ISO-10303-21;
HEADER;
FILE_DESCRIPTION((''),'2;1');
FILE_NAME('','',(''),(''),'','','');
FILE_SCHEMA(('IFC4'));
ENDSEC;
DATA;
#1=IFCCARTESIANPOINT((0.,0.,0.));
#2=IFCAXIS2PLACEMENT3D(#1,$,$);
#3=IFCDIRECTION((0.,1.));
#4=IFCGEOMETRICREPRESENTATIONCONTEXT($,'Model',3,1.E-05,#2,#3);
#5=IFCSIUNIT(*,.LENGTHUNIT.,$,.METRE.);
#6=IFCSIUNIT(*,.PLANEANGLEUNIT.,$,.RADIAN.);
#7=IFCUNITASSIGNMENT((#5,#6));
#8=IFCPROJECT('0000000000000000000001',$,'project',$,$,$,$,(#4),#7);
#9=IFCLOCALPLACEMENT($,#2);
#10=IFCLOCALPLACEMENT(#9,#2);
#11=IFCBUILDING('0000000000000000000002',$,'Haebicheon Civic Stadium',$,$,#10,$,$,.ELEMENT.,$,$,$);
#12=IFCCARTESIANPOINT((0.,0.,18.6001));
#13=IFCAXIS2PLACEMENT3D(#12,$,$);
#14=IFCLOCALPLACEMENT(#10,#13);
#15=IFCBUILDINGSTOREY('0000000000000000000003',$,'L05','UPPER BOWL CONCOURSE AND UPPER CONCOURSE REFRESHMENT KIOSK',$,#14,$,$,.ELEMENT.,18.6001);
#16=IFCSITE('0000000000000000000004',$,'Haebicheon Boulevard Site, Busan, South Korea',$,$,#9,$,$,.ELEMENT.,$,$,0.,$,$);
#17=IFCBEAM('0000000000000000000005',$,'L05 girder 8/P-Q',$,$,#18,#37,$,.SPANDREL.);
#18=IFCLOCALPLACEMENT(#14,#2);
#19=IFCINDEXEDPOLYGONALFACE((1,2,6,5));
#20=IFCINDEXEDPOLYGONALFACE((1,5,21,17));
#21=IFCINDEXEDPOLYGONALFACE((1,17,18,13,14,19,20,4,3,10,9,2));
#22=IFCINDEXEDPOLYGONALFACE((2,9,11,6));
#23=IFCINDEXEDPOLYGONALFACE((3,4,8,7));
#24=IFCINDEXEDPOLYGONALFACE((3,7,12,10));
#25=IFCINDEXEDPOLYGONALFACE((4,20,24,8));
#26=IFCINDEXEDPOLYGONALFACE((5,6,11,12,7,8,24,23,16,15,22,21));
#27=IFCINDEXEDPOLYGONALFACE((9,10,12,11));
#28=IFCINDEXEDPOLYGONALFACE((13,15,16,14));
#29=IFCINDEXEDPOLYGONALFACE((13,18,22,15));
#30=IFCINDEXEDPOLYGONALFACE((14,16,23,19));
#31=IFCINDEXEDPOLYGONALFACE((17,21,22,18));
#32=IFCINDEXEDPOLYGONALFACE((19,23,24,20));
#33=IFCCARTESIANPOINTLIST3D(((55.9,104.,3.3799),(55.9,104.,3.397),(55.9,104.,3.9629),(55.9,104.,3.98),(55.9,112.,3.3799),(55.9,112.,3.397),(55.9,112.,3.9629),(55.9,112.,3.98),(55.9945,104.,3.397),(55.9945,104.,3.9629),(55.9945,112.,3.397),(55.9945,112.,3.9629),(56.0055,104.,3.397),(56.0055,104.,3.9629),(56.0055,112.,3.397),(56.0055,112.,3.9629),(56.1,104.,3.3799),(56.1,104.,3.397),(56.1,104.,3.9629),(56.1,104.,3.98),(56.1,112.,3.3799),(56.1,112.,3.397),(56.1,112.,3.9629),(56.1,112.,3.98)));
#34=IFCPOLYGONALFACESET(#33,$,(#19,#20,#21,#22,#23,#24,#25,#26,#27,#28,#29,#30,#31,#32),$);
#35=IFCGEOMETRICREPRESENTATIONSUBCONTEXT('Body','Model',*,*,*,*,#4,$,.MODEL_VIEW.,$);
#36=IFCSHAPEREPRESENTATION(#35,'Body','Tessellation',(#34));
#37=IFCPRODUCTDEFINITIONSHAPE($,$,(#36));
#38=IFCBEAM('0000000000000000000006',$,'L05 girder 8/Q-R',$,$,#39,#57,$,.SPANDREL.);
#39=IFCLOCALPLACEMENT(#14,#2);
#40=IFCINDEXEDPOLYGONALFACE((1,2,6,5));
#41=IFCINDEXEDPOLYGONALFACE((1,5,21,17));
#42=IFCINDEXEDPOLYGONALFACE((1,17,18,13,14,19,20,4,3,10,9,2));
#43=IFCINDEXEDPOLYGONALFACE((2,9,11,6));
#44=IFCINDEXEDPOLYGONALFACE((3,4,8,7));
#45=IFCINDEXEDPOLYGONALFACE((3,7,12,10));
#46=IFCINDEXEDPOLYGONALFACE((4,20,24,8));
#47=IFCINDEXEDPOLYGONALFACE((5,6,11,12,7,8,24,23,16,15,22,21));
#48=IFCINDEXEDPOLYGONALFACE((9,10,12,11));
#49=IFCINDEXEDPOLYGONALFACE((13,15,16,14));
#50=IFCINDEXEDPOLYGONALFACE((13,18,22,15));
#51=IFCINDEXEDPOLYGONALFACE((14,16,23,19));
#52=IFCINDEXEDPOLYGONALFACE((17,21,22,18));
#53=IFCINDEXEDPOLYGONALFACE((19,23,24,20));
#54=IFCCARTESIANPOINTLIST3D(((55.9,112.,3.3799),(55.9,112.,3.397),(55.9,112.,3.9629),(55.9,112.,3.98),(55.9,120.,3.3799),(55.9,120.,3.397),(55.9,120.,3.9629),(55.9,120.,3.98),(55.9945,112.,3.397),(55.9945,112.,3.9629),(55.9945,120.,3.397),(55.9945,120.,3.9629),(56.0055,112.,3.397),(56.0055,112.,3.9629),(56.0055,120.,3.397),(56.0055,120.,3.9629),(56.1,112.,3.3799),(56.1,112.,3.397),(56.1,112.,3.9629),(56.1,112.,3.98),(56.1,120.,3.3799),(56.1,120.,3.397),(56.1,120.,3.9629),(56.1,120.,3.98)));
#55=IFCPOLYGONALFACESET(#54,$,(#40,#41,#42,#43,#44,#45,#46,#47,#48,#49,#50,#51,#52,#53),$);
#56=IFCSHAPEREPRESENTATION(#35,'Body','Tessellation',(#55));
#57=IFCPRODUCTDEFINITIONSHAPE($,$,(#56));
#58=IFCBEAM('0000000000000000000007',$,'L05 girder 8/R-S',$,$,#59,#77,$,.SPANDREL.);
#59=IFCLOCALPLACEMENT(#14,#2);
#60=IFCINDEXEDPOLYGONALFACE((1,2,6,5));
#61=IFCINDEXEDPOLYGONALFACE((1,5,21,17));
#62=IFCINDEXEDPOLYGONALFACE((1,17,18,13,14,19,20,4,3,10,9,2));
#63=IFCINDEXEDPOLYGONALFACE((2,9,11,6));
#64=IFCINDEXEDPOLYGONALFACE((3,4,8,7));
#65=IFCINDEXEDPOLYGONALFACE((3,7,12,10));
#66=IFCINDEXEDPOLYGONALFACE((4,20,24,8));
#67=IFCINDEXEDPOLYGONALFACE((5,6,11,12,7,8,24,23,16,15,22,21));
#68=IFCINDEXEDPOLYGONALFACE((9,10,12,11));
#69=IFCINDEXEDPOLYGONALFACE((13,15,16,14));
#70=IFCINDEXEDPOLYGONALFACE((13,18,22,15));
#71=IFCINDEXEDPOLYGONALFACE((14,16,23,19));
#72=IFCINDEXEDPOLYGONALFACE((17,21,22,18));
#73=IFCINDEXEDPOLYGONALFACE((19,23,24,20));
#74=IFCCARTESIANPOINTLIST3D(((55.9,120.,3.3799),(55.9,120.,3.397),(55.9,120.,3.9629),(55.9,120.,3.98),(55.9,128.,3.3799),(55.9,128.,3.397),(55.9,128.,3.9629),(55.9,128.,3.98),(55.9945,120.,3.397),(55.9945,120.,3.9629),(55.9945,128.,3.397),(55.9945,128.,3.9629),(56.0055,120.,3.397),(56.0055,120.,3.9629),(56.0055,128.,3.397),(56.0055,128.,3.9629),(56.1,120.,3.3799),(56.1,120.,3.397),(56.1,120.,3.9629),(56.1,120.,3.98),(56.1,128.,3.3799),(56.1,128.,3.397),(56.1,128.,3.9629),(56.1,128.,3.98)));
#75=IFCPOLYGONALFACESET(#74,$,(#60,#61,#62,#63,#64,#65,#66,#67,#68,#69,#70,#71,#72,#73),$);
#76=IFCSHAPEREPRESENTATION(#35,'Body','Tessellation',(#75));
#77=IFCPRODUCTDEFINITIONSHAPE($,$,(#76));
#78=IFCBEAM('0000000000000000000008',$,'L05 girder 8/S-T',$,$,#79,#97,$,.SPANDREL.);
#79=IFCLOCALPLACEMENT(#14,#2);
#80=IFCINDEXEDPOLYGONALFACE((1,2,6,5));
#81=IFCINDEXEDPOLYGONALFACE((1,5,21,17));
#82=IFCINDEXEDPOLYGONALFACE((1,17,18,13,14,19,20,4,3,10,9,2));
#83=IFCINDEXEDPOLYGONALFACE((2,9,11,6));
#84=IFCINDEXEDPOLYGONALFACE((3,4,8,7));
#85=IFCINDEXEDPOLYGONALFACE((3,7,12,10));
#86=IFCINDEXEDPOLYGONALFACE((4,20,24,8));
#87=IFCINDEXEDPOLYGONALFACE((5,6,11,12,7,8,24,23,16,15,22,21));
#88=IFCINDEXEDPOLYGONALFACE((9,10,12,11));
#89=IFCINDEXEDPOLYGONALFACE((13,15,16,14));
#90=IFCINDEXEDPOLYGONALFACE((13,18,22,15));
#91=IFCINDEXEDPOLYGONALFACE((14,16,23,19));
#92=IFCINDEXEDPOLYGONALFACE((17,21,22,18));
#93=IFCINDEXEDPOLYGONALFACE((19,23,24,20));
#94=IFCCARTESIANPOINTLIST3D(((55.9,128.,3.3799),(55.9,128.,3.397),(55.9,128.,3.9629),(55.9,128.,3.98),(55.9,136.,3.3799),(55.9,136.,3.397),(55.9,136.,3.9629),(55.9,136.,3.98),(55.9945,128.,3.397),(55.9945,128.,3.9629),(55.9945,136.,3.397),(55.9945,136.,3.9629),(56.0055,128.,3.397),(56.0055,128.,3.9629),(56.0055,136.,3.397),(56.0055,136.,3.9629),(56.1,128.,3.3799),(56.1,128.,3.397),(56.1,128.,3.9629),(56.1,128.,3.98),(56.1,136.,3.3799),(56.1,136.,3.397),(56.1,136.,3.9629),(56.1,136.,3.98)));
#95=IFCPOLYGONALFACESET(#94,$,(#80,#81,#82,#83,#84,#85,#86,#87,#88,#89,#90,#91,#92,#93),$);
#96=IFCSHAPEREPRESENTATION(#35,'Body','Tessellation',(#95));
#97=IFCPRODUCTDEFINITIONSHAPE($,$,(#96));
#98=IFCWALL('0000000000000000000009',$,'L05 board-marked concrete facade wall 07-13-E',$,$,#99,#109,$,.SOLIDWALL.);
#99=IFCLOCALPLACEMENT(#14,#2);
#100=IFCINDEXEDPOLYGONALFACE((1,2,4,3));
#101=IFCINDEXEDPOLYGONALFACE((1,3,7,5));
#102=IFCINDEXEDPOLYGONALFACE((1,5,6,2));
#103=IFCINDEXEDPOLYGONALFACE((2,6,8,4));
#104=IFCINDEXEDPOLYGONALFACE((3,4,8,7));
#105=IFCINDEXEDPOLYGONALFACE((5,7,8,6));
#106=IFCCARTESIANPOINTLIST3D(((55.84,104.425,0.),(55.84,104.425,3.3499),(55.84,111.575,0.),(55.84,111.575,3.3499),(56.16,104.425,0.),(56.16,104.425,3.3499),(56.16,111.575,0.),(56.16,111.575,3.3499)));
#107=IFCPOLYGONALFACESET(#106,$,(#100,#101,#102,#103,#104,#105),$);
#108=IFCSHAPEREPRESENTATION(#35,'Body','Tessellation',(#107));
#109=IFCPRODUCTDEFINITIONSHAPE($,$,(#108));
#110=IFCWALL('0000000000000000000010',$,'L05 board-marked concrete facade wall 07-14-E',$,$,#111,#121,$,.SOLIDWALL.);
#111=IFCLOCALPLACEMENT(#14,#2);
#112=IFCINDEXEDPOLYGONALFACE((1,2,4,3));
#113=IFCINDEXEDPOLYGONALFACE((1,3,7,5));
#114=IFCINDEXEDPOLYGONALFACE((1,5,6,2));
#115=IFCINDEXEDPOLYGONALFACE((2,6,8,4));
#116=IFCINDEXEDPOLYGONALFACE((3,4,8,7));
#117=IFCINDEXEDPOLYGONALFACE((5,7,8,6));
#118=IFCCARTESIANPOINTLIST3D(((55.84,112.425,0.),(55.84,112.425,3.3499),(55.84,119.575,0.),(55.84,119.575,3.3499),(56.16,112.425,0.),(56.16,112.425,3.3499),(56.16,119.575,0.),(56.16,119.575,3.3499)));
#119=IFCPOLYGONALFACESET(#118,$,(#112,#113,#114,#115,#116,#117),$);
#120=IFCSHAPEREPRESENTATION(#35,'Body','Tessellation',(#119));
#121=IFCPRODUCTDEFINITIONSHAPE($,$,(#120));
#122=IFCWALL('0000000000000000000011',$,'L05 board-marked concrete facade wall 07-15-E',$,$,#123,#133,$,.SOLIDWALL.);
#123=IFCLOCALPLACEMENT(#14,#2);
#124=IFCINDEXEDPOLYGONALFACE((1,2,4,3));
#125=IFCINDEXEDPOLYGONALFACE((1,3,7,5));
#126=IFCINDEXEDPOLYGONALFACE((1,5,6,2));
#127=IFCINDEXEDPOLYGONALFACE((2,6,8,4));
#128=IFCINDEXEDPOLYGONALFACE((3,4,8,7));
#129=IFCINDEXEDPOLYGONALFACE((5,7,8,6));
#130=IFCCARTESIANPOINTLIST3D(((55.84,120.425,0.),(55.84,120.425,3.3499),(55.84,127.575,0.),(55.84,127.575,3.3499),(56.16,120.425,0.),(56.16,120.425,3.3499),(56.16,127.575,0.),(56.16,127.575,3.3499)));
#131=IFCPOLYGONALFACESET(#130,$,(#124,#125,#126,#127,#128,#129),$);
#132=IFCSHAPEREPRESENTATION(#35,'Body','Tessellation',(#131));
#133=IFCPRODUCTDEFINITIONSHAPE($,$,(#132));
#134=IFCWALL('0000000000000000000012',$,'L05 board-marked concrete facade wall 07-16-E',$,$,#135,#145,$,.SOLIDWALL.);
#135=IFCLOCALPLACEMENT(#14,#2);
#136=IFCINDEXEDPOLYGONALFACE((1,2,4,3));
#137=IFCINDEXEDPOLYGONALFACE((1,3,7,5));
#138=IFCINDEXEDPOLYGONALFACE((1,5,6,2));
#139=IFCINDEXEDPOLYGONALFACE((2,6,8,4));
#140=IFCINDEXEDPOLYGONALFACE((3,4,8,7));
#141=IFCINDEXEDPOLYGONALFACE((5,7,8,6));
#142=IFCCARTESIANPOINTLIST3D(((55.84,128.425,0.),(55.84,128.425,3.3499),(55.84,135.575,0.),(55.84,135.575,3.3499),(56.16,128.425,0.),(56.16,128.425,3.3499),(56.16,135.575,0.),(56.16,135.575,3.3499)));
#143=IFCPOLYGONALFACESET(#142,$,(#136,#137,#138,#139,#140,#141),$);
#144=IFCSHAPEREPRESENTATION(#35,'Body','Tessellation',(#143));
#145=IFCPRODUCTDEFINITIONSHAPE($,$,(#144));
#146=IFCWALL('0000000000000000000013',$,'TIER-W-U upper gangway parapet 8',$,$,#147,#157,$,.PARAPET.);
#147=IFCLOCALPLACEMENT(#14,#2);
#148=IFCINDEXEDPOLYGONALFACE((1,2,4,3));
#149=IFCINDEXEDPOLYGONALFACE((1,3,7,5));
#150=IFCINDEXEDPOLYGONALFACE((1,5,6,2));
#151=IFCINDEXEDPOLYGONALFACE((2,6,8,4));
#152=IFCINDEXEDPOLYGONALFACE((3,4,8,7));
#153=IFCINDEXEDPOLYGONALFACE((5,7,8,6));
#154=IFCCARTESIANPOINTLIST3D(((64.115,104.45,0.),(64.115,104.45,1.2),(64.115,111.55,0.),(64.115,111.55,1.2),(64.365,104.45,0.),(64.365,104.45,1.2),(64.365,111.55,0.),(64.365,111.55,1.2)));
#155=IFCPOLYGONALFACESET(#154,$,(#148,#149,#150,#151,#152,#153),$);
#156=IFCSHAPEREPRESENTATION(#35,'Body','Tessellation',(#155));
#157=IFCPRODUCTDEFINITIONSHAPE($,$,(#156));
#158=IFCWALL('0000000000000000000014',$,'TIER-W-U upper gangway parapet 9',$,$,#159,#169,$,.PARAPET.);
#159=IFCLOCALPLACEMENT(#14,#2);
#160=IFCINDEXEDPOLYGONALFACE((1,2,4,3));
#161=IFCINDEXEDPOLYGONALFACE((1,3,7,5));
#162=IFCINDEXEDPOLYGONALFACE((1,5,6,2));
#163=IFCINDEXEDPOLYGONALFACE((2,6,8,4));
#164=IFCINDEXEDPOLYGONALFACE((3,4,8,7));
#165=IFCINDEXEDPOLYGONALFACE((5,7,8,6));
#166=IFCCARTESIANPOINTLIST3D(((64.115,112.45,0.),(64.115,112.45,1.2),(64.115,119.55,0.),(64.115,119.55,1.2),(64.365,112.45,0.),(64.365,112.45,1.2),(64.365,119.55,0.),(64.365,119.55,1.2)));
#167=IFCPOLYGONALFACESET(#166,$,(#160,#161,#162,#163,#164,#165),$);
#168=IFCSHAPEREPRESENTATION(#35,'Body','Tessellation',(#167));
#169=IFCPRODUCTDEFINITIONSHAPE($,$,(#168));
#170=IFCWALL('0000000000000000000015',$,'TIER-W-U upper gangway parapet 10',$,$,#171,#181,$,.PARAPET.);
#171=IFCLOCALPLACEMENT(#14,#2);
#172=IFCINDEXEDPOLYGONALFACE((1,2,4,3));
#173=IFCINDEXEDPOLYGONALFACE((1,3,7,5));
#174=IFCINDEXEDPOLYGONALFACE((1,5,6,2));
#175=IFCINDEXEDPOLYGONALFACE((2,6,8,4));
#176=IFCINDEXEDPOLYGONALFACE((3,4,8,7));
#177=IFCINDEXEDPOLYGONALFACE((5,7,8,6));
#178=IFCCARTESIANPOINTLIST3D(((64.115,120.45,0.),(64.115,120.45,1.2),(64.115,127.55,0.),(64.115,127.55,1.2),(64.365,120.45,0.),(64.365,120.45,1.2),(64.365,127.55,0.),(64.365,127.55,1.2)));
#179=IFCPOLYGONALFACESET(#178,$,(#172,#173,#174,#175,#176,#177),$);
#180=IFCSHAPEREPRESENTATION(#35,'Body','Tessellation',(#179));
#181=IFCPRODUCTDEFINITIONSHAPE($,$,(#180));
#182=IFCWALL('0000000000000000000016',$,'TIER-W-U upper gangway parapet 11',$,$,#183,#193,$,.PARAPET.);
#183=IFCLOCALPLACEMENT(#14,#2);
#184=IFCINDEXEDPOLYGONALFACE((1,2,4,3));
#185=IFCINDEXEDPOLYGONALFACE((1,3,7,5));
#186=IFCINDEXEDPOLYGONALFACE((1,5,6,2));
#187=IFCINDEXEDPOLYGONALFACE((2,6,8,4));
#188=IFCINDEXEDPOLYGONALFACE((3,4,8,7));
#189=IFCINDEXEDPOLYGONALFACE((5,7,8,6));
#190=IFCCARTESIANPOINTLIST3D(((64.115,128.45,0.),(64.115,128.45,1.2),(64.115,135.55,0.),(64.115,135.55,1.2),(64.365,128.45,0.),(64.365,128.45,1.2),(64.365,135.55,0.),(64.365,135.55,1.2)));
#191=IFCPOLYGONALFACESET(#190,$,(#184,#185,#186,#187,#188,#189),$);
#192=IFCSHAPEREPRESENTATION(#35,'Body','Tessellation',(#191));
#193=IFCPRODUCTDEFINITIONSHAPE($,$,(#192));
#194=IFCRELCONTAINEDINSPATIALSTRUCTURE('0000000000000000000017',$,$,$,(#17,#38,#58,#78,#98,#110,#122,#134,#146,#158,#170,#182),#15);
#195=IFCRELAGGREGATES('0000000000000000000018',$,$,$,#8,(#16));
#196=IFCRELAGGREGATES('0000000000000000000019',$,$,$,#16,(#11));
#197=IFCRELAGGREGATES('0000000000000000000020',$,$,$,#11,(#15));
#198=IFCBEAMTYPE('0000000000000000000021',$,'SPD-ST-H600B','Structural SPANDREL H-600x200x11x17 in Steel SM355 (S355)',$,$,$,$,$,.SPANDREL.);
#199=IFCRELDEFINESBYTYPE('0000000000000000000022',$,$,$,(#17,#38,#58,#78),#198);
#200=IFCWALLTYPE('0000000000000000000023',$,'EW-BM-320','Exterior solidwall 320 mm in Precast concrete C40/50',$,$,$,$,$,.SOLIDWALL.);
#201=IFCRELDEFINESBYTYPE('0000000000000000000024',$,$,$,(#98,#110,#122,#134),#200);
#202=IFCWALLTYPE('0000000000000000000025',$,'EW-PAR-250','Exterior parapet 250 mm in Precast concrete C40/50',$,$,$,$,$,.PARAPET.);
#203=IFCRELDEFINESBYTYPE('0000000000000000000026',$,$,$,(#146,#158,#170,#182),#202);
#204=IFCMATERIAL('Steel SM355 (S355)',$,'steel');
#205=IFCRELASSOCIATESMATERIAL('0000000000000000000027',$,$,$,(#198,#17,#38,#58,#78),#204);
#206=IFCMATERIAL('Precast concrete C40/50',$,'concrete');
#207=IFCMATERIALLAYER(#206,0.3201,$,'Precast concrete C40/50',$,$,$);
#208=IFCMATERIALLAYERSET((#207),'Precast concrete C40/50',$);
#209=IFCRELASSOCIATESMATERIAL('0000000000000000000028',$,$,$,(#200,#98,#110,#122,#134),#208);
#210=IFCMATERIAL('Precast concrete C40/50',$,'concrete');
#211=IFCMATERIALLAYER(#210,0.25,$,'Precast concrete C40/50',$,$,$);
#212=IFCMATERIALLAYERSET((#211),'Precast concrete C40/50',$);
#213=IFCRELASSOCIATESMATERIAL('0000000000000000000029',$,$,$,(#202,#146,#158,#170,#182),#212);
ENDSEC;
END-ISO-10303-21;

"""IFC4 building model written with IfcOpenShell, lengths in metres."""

from ifc_helpers import new_model, si_unit, direction, frame, frame_2d, origin, origin_2d, place, context, subcontext, project, spatial, rectangle, i_section, extrude, material, layer, layer_set, material_profile, profile_set, type_object, element, save


model = new_model("IFC4")

# Units and contexts
model_context = context("Model", 3, precision=1e-05, world=origin(), true_north=direction((0.0, 1.0)))
body_context = subcontext(model_context, "Body", "Model", "MODEL_VIEW")
ifc_project = project(units=[si_unit("LENGTHUNIT", "METRE"), si_unit("PLANEANGLEUNIT", "RADIAN")], contexts=[model_context])

# Site, building, storey
site_placement = place(None, origin())
site = spatial("IfcSite", under=ifc_project, at=site_placement, Name="Haebicheon Boulevard Site, Busan, South Korea", CompositionType="ELEMENT", RefElevation=0.0)
building_placement = place(site_placement, origin())
building = spatial("IfcBuilding", under=site, at=building_placement, Name="Haebicheon Civic Stadium", CompositionType="ELEMENT")
storey_placement = place(building_placement, frame((0.0, 0.0, 18.6001)))
storey = spatial("IfcBuildingStorey", under=building, at=storey_placement, Name="L05", Description="UPPER BOWL CONCOURSE AND UPPER CONCOURSE REFRESHMENT KIOSK", CompositionType="ELEMENT", Elevation=18.6001)

# Beams
ifc_material_1 = material(Name="Steel SM355 (S355)", Category="steel")
ifc_material_profile_1 = material_profile(ifc_material_1, i_section(OverallWidth=0.2, OverallDepth=0.6001, WebThickness=0.011, FlangeThickness=0.0171, at=origin_2d()), Name="H-600x200x11x17")
ifc_profile_set_1 = profile_set([ifc_material_profile_1], Name="Steel SM355 (S355)")
beam_type_1 = type_object("IfcBeamType", Name="SPD-ST-H600B", Description="Structural SPANDREL H-600x200x11x17 in Steel SM355 (S355)", PredefinedType="SPANDREL", material=ifc_profile_set_1)
for number, where, z_axis, x_axis, name in (
    (1, (56.0, 104.0, 3.6799), (0.0, 1.0, 0.0), (-1.0, 0.0, 0.0), "L05 girder 8/P-Q"),
    (2, (56.0, 112.0, 3.6799), (0.0, 1.0, 0.0), (-1.0, 0.0, 0.0), "L05 girder 8/Q-R"),
    (3, (56.0, 120.0, 3.6799), (0.0, 1.0, 0.0), (-1.0, 0.0, 0.0), "L05 girder 8/R-S"),
    (4, (56.0, 128.0, 3.6799), (0.0, 1.0, 0.0), (-1.0, 0.0, 0.0), "L05 girder 8/S-T"),
):
    element("IfcBeam", number, at=place(storey_placement, frame(where, z_axis=z_axis, x_axis=x_axis)), inside=storey, type_object=beam_type_1, material=ifc_profile_set_1, Name=name, PredefinedType="SPANDREL", context=body_context, shape_type="SweptSolid", body=[
        extrude(i_section(OverallWidth=0.2, OverallDepth=0.6001, WebThickness=0.011, FlangeThickness=0.0171, at=origin_2d()), origin(), (0.0, 0.0, 1.0), 8.0),
    ])

# Walls
ifc_material_2 = material(Name="Precast concrete C40/50", Category="concrete")
ifc_layer_1 = layer(ifc_material_2, 0.3201, Name="Precast concrete C40/50")
ifc_layer_set_1 = layer_set([ifc_layer_1], Name="Precast concrete C40/50")
wall_type_1 = type_object("IfcWallType", Name="EW-BM-320", Description="Exterior solidwall 320 mm in Precast concrete C40/50", PredefinedType="SOLIDWALL", material=ifc_layer_set_1)
for number, where, z_axis, x_axis, name in (
    (5, (56.0, 104.425, 0.0), (0.0, 0.0, 1.0), (0.0, 1.0, 0.0), "L05 board-marked concrete facade wall 07-13-E"),
    (6, (56.0, 112.425, 0.0), (0.0, 0.0, 1.0), (0.0, 1.0, 0.0), "L05 board-marked concrete facade wall 07-14-E"),
    (7, (56.0, 120.425, 0.0), (0.0, 0.0, 1.0), (0.0, 1.0, 0.0), "L05 board-marked concrete facade wall 07-15-E"),
    (8, (56.0, 128.425, 0.0), (0.0, 0.0, 1.0), (0.0, 1.0, 0.0), "L05 board-marked concrete facade wall 07-16-E"),
):
    element("IfcWall", number, at=place(storey_placement, frame(where, z_axis=z_axis, x_axis=x_axis)), inside=storey, type_object=wall_type_1, material=ifc_layer_set_1, Name=name, PredefinedType="SOLIDWALL", context=body_context, shape_type="SweptSolid", body=[
        extrude(rectangle(XDim=7.1499, YDim=0.3201, at=frame_2d((3.575, 0.0))), origin(), (0.0, 0.0, 1.0), 3.3499),
    ])
ifc_material_3 = material(Name="Precast concrete C40/50", Category="concrete")
ifc_layer_2 = layer(ifc_material_3, 0.25, Name="Precast concrete C40/50")
ifc_layer_set_2 = layer_set([ifc_layer_2], Name="Precast concrete C40/50")
wall_type_2 = type_object("IfcWallType", Name="EW-PAR-250", Description="Exterior parapet 250 mm in Precast concrete C40/50", PredefinedType="PARAPET", material=ifc_layer_set_2)
for number, where, z_axis, x_axis, name in (
    (9, (64.24, 104.45, 0.0), (0.0, 0.0, 1.0), (0.0, 1.0, 0.0), "TIER-W-U upper gangway parapet 8"),
    (10, (64.24, 112.45, 0.0), (0.0, 0.0, 1.0), (0.0, 1.0, 0.0), "TIER-W-U upper gangway parapet 9"),
    (11, (64.24, 120.45, 0.0), (0.0, 0.0, 1.0), (0.0, 1.0, 0.0), "TIER-W-U upper gangway parapet 10"),
    (12, (64.24, 128.45, 0.0), (0.0, 0.0, 1.0), (0.0, 1.0, 0.0), "TIER-W-U upper gangway parapet 11"),
):
    element("IfcWall", number, at=place(storey_placement, frame(where, z_axis=z_axis, x_axis=x_axis)), inside=storey, type_object=wall_type_2, material=ifc_layer_set_2, Name=name, PredefinedType="PARAPET", context=body_context, shape_type="SweptSolid", body=[
        extrude(rectangle(XDim=7.1001, YDim=0.25, at=frame_2d((3.55, 0.0))), origin(), (0.0, 0.0, 1.0), 1.2),
    ])

save(model, "model.ifc")
